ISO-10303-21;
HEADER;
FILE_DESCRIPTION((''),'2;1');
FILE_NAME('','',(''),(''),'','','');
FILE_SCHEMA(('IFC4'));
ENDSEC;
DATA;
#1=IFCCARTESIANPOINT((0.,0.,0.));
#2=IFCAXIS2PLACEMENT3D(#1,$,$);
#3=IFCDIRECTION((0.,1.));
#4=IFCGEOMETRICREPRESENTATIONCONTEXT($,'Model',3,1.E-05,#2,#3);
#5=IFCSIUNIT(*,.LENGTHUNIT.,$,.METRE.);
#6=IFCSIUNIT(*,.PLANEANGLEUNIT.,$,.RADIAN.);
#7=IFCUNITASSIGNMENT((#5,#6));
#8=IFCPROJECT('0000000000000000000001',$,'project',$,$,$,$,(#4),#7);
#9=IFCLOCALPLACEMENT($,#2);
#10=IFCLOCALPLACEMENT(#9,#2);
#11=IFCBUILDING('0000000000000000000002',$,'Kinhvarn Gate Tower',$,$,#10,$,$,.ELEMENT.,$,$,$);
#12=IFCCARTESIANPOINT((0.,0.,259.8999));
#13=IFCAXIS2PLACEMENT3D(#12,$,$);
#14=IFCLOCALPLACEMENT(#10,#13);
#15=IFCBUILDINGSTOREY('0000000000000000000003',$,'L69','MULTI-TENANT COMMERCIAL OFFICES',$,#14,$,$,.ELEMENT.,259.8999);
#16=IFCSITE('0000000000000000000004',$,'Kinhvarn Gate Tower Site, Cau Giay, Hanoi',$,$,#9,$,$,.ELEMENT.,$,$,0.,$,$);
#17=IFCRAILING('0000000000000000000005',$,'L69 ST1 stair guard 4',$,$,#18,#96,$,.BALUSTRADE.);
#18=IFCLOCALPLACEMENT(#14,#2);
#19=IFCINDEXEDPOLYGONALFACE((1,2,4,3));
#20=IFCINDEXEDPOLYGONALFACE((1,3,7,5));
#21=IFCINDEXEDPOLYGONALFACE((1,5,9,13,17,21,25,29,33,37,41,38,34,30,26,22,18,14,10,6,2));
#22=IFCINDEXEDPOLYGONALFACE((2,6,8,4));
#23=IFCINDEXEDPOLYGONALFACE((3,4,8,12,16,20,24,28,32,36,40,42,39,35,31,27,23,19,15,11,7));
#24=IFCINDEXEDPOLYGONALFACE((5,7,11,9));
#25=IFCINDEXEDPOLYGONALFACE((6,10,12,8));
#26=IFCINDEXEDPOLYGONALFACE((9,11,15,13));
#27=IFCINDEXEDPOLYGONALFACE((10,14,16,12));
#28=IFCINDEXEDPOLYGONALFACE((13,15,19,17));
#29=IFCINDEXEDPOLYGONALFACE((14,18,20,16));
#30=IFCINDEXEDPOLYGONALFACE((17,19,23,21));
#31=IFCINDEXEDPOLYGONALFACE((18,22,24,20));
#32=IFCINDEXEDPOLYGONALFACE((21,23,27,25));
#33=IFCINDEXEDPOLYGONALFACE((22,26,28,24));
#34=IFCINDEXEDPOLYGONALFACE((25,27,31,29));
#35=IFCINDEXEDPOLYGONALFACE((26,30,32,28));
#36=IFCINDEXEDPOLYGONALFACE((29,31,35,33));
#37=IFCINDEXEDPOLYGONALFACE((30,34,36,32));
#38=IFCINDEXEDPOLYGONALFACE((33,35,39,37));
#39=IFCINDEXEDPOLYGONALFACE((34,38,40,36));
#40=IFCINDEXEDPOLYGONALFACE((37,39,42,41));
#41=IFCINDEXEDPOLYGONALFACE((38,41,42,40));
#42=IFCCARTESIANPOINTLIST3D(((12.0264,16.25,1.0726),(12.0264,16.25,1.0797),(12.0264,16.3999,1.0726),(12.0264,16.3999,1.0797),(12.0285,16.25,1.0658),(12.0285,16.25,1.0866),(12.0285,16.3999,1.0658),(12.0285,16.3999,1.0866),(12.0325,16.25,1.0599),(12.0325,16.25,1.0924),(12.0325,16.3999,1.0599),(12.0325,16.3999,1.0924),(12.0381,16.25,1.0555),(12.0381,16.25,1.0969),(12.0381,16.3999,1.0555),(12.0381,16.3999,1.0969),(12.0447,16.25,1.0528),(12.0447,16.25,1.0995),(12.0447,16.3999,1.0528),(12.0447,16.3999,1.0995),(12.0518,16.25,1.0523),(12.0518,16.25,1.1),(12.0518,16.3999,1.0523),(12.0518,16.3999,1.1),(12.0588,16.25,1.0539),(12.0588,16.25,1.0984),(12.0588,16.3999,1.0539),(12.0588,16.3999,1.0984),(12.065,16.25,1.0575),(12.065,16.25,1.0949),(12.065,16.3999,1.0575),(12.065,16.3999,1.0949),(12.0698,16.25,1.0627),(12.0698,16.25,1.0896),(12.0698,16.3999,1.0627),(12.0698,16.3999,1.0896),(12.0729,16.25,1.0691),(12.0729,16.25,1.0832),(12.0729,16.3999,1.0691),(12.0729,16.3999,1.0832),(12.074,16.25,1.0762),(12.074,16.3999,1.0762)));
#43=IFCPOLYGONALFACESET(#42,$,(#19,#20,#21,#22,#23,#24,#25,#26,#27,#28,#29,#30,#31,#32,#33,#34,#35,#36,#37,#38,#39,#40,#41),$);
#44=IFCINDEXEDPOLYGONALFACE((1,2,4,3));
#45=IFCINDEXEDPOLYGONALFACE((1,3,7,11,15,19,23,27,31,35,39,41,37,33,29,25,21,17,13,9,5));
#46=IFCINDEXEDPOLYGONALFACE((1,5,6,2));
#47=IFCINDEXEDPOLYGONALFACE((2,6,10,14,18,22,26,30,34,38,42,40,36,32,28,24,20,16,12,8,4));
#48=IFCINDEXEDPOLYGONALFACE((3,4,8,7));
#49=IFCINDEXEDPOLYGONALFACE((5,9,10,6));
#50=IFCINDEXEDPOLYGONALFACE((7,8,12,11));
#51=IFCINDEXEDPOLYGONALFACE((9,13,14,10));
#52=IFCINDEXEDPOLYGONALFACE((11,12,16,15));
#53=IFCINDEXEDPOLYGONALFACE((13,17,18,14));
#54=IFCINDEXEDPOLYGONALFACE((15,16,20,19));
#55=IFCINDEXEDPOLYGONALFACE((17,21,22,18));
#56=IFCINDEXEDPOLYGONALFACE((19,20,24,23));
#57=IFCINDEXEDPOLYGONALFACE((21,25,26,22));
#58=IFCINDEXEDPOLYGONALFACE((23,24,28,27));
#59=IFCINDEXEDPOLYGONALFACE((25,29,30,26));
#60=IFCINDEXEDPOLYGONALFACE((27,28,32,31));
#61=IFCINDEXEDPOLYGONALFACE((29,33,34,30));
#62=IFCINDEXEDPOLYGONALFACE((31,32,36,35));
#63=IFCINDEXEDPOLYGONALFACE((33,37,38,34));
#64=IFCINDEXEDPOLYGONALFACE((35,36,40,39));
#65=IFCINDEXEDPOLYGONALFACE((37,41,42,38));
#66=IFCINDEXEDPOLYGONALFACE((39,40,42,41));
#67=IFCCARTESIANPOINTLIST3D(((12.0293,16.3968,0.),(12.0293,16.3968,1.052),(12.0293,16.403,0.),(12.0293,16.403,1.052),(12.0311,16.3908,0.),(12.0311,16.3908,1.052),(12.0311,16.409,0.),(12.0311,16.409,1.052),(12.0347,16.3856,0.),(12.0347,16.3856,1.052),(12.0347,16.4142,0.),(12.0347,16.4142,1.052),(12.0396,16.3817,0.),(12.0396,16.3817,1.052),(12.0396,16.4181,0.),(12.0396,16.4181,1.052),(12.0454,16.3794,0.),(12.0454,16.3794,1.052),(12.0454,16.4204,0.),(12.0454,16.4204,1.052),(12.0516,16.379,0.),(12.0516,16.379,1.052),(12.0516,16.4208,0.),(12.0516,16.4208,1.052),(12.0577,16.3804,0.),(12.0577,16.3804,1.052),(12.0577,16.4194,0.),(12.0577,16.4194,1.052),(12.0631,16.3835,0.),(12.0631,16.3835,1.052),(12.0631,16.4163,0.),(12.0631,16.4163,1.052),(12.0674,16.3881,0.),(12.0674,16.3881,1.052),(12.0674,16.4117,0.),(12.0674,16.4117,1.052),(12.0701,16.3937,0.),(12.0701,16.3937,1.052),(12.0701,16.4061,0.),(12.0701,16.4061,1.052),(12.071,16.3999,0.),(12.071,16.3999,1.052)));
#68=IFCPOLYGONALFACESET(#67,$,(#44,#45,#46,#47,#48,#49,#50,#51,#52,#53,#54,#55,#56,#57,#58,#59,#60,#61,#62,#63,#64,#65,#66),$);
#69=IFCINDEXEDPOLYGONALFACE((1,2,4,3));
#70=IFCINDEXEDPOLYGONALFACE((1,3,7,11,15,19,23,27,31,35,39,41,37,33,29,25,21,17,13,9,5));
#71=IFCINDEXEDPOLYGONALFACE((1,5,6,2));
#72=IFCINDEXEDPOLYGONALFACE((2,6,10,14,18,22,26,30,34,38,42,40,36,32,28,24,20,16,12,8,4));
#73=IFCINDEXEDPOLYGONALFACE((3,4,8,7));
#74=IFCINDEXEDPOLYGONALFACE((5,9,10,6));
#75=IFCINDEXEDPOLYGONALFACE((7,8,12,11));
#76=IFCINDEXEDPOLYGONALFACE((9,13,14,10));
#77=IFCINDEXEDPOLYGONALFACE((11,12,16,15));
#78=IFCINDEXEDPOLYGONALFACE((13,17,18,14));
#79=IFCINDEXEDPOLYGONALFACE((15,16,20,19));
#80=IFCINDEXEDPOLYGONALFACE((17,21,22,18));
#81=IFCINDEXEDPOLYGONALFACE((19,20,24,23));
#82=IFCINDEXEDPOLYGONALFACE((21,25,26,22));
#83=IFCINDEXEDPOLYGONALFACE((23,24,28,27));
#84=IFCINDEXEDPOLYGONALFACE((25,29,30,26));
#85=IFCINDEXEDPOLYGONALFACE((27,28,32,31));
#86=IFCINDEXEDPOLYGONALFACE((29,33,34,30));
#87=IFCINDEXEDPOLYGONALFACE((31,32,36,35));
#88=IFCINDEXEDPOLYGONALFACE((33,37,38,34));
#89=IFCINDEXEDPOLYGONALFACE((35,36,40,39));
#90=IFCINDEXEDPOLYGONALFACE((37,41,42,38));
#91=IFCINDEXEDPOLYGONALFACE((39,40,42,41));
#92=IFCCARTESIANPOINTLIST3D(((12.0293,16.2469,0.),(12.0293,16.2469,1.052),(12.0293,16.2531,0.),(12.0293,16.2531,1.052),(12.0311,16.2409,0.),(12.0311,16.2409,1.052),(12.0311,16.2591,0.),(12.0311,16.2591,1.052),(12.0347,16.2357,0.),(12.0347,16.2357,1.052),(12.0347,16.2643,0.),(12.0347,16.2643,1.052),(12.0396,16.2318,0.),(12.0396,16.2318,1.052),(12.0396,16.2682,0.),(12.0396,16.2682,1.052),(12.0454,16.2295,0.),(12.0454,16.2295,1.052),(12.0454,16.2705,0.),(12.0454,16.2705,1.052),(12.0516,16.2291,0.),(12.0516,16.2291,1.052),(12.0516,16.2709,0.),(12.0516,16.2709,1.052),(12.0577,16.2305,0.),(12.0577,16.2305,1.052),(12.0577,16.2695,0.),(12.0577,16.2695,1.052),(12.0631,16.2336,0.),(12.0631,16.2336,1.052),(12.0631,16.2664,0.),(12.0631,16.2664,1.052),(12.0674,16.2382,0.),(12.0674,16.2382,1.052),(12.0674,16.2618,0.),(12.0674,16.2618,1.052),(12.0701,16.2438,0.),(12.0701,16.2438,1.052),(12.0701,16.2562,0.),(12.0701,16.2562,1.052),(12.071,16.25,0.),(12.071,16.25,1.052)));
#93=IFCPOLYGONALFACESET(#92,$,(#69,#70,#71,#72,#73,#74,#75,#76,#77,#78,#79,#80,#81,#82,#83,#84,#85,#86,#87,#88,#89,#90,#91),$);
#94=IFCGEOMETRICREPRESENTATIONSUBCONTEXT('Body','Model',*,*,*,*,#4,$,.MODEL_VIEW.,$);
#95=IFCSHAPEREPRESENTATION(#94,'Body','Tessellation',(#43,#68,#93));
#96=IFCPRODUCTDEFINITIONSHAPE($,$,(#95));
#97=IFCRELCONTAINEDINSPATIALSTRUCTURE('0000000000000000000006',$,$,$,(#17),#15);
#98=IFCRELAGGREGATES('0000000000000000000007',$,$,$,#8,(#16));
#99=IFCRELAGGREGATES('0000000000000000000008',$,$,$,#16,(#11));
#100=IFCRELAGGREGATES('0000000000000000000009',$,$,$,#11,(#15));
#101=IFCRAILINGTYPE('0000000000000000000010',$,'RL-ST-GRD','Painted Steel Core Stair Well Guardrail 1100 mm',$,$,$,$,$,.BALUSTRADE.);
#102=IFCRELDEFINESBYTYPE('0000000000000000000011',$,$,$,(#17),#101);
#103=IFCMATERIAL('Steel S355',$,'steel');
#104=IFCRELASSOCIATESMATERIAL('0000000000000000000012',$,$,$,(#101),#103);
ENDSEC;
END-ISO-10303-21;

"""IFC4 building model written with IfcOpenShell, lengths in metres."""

from ifc_helpers import new_model, si_unit, direction, frame, origin, origin_2d, place, context, subcontext, project, spatial, circle, extrude, material, type_object, element, save


model = new_model("IFC4")

# Units and contexts
model_context = context("Model", 3, precision=1e-05, world=origin(), true_north=direction((0.0, 1.0)))
body_context = subcontext(model_context, "Body", "Model", "MODEL_VIEW")
ifc_project = project(units=[si_unit("LENGTHUNIT", "METRE"), si_unit("PLANEANGLEUNIT", "RADIAN")], contexts=[model_context])

# Site, building, storey
site_placement = place(None, origin())
site = spatial("IfcSite", under=ifc_project, at=site_placement, Name="Kinhvarn Gate Tower Site, Cau Giay, Hanoi", CompositionType="ELEMENT", RefElevation=0.0)
building_placement = place(site_placement, origin())
building = spatial("IfcBuilding", under=site, at=building_placement, Name="Kinhvarn Gate Tower", CompositionType="ELEMENT")
storey_placement = place(building_placement, frame((0.0, 0.0, 259.8999)))
storey = spatial("IfcBuildingStorey", under=building, at=storey_placement, Name="L69", Description="MULTI-TENANT COMMERCIAL OFFICES", CompositionType="ELEMENT", Elevation=259.8999)

# Shared definitions
ifc_material_1 = material(Name="Steel S355", Category="steel")

# Railing
railing_type_1 = type_object("IfcRailingType", Name="RL-ST-GRD", Description="Painted Steel Core Stair Well Guardrail 1100 mm", PredefinedType="BALUSTRADE", material=ifc_material_1)
railing_1_placement = place(storey_placement, frame((12.05, 16.3999, 0.0)))
element("IfcRailing", 1, at=railing_1_placement, inside=storey, type_object=railing_type_1, Name="L69 ST1 stair guard 4", PredefinedType="BALUSTRADE", context=body_context, shape_type="SweptSolid", body=[
    extrude(circle(Radius=0.0239, at=origin_2d()), frame((0.0, 0.0, 1.0762), z_axis=(0.0, -1.0, 0.0), x_axis=(1.0, 0.0, 0.0)), (0.0, 0.0, 1.0), 0.1499),
    extrude(circle(Radius=0.021, at=origin_2d()), origin(), (0.0, 0.0, 1.0), 1.052),
    extrude(circle(Radius=0.021, at=origin_2d()), frame((0.0, -0.1499, 0.0)), (0.0, 0.0, 1.0), 1.052),
])

save(model, "model.ifc")
